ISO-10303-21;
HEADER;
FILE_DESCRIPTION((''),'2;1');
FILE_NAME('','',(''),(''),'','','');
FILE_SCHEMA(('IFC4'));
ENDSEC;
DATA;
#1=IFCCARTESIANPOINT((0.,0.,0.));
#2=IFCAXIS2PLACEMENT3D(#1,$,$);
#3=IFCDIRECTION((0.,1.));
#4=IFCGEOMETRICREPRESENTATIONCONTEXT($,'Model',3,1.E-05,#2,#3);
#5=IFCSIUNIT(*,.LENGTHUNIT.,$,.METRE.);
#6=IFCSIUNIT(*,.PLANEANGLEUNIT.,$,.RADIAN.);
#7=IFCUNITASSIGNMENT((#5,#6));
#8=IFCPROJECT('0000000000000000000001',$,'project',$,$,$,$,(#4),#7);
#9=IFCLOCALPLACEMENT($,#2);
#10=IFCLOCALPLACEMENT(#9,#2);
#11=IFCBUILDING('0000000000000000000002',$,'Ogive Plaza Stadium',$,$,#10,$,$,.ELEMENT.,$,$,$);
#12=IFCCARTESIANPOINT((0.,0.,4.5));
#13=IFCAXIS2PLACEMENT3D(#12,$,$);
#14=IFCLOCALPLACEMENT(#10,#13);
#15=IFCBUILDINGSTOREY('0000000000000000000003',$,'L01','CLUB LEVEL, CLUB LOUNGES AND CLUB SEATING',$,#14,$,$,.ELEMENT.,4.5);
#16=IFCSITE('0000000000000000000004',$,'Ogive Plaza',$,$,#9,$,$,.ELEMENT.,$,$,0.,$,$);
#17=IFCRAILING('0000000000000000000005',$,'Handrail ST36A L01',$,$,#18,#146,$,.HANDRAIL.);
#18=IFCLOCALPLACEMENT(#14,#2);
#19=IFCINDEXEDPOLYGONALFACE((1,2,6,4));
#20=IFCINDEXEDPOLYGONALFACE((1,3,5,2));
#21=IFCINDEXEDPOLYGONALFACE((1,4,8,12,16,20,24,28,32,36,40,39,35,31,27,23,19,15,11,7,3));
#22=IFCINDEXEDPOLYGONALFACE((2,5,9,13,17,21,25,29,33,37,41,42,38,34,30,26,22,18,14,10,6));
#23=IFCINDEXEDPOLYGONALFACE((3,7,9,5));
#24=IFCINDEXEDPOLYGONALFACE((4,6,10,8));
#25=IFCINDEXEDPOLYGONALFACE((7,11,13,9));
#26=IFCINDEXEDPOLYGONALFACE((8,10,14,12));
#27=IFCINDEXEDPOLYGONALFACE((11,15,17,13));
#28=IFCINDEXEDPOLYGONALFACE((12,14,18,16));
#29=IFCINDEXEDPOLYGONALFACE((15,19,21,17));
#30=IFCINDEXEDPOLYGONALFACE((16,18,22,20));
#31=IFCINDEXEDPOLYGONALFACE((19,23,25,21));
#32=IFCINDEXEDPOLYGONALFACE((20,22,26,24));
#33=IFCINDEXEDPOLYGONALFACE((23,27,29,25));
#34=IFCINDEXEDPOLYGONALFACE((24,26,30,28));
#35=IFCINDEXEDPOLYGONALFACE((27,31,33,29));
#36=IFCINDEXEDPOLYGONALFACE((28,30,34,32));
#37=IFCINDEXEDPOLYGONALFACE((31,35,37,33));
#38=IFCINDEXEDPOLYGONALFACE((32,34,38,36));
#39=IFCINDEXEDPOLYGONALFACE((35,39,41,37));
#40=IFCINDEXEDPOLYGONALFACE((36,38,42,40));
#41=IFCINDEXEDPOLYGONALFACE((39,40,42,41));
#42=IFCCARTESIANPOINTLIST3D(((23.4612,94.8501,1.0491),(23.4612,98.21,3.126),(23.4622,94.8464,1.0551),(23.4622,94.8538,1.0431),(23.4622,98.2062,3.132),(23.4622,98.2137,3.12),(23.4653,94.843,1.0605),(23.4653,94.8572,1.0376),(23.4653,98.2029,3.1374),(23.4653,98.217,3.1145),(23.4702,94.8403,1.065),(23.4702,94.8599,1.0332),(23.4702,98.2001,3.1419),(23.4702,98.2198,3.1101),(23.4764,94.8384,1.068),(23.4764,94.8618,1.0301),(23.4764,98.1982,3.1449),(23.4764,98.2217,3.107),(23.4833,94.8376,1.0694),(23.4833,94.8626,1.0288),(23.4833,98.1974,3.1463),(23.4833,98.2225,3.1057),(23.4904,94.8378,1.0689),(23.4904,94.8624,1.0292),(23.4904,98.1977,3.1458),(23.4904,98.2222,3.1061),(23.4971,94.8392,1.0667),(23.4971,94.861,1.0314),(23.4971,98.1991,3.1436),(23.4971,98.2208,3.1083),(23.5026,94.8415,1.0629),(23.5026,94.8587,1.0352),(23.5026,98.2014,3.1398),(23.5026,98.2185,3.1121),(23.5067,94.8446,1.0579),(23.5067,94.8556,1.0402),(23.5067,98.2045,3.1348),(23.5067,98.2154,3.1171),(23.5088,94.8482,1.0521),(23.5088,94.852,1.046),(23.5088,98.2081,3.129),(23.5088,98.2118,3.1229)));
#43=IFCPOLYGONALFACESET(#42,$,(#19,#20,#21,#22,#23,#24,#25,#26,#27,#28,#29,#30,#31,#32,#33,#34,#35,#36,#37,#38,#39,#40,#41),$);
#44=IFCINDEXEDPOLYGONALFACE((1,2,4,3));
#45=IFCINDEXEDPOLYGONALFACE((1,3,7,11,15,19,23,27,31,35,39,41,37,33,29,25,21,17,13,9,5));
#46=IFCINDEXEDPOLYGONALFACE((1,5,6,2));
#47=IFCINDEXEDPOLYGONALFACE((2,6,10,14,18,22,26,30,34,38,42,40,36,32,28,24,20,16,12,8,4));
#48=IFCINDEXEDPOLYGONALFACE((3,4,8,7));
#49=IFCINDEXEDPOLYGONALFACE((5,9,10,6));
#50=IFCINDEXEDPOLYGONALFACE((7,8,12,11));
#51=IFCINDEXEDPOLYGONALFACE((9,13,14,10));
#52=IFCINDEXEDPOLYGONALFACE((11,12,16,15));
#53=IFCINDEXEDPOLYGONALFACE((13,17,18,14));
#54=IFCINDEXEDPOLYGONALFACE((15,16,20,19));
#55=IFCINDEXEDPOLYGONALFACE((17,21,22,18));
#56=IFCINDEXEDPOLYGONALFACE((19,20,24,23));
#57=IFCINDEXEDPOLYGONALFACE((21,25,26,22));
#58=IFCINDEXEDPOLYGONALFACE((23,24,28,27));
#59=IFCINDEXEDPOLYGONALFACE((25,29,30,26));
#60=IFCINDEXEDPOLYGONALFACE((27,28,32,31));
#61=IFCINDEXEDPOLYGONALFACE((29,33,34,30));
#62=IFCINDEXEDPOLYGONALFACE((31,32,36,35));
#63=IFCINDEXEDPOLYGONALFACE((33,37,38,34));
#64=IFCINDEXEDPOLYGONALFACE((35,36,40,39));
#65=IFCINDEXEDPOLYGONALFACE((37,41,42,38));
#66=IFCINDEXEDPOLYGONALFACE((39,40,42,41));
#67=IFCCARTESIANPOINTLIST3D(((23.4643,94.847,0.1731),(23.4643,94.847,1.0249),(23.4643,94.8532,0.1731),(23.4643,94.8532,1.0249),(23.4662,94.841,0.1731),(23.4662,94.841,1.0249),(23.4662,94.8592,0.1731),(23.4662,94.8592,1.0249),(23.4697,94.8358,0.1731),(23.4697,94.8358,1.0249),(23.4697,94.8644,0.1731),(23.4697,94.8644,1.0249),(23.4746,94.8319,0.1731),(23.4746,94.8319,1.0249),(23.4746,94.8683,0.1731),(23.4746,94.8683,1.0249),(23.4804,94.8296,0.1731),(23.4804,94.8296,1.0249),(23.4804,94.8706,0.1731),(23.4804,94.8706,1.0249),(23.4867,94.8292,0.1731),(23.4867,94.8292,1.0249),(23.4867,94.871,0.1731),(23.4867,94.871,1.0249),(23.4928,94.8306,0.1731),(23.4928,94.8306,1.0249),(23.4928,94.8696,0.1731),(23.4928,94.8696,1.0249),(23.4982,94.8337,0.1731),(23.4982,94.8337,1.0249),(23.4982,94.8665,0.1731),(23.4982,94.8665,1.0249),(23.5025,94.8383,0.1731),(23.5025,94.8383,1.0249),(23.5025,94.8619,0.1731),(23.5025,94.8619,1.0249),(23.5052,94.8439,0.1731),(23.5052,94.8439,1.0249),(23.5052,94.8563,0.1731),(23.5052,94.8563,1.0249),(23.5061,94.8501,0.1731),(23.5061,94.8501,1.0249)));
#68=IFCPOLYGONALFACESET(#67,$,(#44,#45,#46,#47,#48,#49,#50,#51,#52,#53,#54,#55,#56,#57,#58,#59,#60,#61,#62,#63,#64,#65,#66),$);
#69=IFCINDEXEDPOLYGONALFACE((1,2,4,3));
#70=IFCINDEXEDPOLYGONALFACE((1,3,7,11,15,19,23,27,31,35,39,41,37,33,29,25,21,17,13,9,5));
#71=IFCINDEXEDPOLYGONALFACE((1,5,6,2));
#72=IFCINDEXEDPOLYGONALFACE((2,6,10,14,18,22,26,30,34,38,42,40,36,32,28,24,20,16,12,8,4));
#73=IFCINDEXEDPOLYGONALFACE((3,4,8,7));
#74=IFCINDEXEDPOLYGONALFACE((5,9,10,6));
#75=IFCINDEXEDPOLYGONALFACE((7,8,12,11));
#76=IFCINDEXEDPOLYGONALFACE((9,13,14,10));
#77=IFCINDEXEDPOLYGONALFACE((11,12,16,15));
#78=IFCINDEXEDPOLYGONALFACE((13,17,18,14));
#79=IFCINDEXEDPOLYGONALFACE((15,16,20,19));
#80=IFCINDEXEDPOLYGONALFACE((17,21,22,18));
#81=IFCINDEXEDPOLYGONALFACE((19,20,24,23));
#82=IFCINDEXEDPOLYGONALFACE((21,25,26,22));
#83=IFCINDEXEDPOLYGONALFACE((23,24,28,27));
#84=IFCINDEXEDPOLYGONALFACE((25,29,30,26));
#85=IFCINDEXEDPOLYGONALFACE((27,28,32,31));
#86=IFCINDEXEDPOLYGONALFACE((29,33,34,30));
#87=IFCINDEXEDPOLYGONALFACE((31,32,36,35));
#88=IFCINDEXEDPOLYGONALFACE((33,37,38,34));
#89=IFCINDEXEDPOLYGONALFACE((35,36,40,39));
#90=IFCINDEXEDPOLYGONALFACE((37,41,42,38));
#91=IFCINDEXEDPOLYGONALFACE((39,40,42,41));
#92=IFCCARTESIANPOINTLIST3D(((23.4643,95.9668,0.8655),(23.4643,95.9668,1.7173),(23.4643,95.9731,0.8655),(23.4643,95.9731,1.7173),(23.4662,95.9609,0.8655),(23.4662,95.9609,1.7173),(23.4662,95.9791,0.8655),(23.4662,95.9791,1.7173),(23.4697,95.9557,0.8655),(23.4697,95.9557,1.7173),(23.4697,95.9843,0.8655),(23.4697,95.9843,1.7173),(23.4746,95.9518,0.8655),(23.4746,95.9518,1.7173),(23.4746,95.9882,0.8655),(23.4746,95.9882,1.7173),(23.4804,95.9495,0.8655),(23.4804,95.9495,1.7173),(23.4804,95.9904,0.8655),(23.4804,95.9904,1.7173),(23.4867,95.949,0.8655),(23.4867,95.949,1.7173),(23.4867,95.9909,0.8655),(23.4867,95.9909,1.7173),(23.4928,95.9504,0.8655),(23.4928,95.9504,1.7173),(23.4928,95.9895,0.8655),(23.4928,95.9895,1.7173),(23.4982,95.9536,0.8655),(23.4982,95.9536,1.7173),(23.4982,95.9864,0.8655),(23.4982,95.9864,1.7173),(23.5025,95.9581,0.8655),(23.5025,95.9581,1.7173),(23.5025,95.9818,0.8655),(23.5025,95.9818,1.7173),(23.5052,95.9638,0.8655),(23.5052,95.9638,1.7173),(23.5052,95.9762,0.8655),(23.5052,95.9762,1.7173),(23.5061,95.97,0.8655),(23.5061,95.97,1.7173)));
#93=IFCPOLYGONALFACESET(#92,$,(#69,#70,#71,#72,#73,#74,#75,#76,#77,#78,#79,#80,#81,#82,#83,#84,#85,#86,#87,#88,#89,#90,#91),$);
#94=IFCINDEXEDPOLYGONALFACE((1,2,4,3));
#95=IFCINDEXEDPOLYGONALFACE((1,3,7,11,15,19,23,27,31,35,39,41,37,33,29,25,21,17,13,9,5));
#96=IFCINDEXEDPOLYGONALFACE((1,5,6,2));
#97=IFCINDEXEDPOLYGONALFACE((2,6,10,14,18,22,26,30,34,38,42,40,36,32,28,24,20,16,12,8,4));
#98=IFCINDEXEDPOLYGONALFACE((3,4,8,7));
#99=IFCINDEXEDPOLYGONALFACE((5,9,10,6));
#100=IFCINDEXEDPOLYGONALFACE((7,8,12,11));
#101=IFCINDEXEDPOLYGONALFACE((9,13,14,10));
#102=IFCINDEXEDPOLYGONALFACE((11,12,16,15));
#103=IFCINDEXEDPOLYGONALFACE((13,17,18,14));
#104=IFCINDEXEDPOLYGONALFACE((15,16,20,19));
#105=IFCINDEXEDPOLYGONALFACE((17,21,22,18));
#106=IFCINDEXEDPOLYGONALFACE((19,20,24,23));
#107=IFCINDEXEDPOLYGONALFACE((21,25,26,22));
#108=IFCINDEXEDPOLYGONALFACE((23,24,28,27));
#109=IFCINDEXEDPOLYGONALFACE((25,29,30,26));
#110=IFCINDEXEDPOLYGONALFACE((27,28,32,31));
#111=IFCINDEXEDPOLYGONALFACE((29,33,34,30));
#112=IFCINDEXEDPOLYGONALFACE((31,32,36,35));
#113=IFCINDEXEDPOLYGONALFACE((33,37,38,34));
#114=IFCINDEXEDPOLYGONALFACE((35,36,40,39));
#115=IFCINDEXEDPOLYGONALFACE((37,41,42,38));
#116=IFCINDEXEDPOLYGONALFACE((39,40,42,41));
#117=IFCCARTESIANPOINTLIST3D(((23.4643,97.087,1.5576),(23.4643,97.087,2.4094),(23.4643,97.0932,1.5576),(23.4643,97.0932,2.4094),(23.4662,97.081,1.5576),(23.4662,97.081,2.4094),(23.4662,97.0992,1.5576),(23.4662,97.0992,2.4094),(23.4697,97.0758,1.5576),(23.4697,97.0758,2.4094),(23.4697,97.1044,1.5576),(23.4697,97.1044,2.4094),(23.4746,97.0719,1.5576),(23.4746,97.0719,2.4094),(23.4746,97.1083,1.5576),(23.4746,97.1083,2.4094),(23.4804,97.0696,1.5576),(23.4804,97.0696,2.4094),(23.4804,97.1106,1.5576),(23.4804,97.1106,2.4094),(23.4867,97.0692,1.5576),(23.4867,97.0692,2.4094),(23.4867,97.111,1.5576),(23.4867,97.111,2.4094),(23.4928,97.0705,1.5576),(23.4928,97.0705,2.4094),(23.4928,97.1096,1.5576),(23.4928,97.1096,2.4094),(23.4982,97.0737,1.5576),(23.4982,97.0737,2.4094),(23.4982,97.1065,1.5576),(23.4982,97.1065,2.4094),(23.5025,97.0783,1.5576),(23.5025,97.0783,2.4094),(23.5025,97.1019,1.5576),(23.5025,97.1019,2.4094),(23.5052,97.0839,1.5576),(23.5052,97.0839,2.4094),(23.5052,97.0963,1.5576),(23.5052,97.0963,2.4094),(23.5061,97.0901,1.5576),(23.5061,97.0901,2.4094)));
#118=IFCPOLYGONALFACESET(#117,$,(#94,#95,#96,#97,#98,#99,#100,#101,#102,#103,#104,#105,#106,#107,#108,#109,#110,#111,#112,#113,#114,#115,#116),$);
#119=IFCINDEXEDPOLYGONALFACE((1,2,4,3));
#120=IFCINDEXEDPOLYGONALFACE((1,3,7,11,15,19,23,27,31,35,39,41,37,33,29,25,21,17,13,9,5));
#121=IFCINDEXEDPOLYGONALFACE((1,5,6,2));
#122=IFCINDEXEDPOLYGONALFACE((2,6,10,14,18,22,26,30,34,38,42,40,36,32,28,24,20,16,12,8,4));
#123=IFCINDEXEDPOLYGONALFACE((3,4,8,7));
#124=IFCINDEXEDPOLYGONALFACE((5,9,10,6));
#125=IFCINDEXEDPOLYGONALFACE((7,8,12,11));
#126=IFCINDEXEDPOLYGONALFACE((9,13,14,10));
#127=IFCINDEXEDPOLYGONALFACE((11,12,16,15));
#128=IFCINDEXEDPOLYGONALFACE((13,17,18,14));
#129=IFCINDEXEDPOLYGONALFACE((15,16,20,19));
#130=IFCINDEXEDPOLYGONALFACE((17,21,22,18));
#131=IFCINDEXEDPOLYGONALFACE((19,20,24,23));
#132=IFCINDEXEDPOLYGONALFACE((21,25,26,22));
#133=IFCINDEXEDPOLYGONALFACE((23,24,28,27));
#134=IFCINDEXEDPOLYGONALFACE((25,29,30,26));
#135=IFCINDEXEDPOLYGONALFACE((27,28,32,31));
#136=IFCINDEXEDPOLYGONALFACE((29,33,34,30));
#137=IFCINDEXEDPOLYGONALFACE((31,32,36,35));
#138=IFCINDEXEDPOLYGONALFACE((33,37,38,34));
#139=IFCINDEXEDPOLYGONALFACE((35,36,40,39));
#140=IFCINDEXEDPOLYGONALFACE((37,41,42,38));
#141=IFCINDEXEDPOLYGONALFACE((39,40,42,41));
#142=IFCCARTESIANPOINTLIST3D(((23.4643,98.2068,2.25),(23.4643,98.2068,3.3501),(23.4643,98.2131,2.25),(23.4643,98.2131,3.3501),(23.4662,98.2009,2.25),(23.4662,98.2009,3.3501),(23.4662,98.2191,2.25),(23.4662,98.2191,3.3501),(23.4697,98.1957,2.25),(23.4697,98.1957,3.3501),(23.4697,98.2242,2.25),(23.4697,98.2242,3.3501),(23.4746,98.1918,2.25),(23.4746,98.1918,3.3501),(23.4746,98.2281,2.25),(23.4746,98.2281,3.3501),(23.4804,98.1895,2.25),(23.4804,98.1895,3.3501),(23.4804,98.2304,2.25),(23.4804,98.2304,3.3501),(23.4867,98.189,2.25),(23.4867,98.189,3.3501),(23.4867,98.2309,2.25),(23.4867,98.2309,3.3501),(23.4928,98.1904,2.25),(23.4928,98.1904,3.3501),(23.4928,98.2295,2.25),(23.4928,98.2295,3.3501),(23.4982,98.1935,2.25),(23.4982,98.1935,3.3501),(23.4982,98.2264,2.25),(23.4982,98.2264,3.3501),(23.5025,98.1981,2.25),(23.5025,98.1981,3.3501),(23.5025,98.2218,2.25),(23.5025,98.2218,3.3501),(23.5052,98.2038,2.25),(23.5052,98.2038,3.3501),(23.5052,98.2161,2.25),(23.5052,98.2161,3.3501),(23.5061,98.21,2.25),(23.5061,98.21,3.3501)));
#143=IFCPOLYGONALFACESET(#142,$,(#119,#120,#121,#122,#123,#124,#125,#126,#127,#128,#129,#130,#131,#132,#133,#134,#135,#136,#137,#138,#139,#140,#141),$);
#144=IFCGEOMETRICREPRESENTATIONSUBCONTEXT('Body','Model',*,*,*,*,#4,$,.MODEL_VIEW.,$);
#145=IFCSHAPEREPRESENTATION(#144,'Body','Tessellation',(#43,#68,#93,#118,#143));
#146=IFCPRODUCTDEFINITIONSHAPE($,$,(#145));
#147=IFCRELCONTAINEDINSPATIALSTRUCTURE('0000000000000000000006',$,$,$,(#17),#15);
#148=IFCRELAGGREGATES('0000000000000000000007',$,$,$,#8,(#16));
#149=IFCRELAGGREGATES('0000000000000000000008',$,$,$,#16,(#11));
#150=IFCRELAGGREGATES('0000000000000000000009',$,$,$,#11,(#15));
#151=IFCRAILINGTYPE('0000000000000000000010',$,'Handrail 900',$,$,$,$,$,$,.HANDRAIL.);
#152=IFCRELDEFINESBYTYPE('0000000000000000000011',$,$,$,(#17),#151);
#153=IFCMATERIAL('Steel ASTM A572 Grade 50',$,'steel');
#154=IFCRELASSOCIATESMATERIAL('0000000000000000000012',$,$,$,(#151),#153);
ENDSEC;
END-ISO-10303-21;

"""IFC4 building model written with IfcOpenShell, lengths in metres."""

from ifc_helpers import new_model, si_unit, direction, frame, origin, origin_2d, place, context, subcontext, project, spatial, circle, extrude, material, type_object, element, save


model = new_model("IFC4")

# Units and contexts
model_context = context("Model", 3, precision=1e-05, world=origin(), true_north=direction((0.0, 1.0)))
body_context = subcontext(model_context, "Body", "Model", "MODEL_VIEW")
ifc_project = project(units=[si_unit("LENGTHUNIT", "METRE"), si_unit("PLANEANGLEUNIT", "RADIAN")], contexts=[model_context])

# Site, building, storey
site_placement = place(None, origin())
site = spatial("IfcSite", under=ifc_project, at=site_placement, Name="Ogive Plaza", CompositionType="ELEMENT", RefElevation=0.0)
building_placement = place(site_placement, origin())
building = spatial("IfcBuilding", under=site, at=building_placement, Name="Ogive Plaza Stadium", CompositionType="ELEMENT")
storey_placement = place(building_placement, frame((0.0, 0.0, 4.5)))
storey = spatial("IfcBuildingStorey", under=building, at=storey_placement, Name="L01", Description="CLUB LEVEL, CLUB LOUNGES AND CLUB SEATING", CompositionType="ELEMENT", Elevation=4.5)

# Railing
ifc_material_1 = material(Name="Steel ASTM A572 Grade 50", Category="steel")
railing_type_1 = type_object("IfcRailingType", Name="Handrail 900", PredefinedType="HANDRAIL", material=ifc_material_1)
for number, where, name in (
    (1, (23.4851, 94.8501, 0.1731), "Handrail ST36A L01"),
):
    element("IfcRailing", number, at=place(storey_placement, frame(where)), inside=storey, type_object=railing_type_1, Name=name, PredefinedType="HANDRAIL", context=body_context, shape_type="SweptSolid", body=[
        extrude(circle(Radius=0.0239, at=origin_2d()), frame((0.0, 0.0, 0.876), z_axis=(0.0, 0.850606, 0.525803), x_axis=(-1.0, 0.0, 0.0)), (0.0, 0.0, 1.0), 3.95),
        extrude(circle(Radius=0.021, at=origin_2d()), origin(), (0.0, 0.0, 1.0), 0.8518),
        extrude(circle(Radius=0.021, at=origin_2d()), frame((0.0, 1.1199, 0.6924)), (0.0, 0.0, 1.0), 0.8518),
        extrude(circle(Radius=0.021, at=origin_2d()), frame((0.0, 2.24, 1.3845)), (0.0, 0.0, 1.0), 0.8518),
        extrude(circle(Radius=0.021, at=origin_2d()), frame((0.0, 3.3599, 2.0769)), (0.0, 0.0, 1.0), 1.1001),
    ])

save(model, "model.ifc")
